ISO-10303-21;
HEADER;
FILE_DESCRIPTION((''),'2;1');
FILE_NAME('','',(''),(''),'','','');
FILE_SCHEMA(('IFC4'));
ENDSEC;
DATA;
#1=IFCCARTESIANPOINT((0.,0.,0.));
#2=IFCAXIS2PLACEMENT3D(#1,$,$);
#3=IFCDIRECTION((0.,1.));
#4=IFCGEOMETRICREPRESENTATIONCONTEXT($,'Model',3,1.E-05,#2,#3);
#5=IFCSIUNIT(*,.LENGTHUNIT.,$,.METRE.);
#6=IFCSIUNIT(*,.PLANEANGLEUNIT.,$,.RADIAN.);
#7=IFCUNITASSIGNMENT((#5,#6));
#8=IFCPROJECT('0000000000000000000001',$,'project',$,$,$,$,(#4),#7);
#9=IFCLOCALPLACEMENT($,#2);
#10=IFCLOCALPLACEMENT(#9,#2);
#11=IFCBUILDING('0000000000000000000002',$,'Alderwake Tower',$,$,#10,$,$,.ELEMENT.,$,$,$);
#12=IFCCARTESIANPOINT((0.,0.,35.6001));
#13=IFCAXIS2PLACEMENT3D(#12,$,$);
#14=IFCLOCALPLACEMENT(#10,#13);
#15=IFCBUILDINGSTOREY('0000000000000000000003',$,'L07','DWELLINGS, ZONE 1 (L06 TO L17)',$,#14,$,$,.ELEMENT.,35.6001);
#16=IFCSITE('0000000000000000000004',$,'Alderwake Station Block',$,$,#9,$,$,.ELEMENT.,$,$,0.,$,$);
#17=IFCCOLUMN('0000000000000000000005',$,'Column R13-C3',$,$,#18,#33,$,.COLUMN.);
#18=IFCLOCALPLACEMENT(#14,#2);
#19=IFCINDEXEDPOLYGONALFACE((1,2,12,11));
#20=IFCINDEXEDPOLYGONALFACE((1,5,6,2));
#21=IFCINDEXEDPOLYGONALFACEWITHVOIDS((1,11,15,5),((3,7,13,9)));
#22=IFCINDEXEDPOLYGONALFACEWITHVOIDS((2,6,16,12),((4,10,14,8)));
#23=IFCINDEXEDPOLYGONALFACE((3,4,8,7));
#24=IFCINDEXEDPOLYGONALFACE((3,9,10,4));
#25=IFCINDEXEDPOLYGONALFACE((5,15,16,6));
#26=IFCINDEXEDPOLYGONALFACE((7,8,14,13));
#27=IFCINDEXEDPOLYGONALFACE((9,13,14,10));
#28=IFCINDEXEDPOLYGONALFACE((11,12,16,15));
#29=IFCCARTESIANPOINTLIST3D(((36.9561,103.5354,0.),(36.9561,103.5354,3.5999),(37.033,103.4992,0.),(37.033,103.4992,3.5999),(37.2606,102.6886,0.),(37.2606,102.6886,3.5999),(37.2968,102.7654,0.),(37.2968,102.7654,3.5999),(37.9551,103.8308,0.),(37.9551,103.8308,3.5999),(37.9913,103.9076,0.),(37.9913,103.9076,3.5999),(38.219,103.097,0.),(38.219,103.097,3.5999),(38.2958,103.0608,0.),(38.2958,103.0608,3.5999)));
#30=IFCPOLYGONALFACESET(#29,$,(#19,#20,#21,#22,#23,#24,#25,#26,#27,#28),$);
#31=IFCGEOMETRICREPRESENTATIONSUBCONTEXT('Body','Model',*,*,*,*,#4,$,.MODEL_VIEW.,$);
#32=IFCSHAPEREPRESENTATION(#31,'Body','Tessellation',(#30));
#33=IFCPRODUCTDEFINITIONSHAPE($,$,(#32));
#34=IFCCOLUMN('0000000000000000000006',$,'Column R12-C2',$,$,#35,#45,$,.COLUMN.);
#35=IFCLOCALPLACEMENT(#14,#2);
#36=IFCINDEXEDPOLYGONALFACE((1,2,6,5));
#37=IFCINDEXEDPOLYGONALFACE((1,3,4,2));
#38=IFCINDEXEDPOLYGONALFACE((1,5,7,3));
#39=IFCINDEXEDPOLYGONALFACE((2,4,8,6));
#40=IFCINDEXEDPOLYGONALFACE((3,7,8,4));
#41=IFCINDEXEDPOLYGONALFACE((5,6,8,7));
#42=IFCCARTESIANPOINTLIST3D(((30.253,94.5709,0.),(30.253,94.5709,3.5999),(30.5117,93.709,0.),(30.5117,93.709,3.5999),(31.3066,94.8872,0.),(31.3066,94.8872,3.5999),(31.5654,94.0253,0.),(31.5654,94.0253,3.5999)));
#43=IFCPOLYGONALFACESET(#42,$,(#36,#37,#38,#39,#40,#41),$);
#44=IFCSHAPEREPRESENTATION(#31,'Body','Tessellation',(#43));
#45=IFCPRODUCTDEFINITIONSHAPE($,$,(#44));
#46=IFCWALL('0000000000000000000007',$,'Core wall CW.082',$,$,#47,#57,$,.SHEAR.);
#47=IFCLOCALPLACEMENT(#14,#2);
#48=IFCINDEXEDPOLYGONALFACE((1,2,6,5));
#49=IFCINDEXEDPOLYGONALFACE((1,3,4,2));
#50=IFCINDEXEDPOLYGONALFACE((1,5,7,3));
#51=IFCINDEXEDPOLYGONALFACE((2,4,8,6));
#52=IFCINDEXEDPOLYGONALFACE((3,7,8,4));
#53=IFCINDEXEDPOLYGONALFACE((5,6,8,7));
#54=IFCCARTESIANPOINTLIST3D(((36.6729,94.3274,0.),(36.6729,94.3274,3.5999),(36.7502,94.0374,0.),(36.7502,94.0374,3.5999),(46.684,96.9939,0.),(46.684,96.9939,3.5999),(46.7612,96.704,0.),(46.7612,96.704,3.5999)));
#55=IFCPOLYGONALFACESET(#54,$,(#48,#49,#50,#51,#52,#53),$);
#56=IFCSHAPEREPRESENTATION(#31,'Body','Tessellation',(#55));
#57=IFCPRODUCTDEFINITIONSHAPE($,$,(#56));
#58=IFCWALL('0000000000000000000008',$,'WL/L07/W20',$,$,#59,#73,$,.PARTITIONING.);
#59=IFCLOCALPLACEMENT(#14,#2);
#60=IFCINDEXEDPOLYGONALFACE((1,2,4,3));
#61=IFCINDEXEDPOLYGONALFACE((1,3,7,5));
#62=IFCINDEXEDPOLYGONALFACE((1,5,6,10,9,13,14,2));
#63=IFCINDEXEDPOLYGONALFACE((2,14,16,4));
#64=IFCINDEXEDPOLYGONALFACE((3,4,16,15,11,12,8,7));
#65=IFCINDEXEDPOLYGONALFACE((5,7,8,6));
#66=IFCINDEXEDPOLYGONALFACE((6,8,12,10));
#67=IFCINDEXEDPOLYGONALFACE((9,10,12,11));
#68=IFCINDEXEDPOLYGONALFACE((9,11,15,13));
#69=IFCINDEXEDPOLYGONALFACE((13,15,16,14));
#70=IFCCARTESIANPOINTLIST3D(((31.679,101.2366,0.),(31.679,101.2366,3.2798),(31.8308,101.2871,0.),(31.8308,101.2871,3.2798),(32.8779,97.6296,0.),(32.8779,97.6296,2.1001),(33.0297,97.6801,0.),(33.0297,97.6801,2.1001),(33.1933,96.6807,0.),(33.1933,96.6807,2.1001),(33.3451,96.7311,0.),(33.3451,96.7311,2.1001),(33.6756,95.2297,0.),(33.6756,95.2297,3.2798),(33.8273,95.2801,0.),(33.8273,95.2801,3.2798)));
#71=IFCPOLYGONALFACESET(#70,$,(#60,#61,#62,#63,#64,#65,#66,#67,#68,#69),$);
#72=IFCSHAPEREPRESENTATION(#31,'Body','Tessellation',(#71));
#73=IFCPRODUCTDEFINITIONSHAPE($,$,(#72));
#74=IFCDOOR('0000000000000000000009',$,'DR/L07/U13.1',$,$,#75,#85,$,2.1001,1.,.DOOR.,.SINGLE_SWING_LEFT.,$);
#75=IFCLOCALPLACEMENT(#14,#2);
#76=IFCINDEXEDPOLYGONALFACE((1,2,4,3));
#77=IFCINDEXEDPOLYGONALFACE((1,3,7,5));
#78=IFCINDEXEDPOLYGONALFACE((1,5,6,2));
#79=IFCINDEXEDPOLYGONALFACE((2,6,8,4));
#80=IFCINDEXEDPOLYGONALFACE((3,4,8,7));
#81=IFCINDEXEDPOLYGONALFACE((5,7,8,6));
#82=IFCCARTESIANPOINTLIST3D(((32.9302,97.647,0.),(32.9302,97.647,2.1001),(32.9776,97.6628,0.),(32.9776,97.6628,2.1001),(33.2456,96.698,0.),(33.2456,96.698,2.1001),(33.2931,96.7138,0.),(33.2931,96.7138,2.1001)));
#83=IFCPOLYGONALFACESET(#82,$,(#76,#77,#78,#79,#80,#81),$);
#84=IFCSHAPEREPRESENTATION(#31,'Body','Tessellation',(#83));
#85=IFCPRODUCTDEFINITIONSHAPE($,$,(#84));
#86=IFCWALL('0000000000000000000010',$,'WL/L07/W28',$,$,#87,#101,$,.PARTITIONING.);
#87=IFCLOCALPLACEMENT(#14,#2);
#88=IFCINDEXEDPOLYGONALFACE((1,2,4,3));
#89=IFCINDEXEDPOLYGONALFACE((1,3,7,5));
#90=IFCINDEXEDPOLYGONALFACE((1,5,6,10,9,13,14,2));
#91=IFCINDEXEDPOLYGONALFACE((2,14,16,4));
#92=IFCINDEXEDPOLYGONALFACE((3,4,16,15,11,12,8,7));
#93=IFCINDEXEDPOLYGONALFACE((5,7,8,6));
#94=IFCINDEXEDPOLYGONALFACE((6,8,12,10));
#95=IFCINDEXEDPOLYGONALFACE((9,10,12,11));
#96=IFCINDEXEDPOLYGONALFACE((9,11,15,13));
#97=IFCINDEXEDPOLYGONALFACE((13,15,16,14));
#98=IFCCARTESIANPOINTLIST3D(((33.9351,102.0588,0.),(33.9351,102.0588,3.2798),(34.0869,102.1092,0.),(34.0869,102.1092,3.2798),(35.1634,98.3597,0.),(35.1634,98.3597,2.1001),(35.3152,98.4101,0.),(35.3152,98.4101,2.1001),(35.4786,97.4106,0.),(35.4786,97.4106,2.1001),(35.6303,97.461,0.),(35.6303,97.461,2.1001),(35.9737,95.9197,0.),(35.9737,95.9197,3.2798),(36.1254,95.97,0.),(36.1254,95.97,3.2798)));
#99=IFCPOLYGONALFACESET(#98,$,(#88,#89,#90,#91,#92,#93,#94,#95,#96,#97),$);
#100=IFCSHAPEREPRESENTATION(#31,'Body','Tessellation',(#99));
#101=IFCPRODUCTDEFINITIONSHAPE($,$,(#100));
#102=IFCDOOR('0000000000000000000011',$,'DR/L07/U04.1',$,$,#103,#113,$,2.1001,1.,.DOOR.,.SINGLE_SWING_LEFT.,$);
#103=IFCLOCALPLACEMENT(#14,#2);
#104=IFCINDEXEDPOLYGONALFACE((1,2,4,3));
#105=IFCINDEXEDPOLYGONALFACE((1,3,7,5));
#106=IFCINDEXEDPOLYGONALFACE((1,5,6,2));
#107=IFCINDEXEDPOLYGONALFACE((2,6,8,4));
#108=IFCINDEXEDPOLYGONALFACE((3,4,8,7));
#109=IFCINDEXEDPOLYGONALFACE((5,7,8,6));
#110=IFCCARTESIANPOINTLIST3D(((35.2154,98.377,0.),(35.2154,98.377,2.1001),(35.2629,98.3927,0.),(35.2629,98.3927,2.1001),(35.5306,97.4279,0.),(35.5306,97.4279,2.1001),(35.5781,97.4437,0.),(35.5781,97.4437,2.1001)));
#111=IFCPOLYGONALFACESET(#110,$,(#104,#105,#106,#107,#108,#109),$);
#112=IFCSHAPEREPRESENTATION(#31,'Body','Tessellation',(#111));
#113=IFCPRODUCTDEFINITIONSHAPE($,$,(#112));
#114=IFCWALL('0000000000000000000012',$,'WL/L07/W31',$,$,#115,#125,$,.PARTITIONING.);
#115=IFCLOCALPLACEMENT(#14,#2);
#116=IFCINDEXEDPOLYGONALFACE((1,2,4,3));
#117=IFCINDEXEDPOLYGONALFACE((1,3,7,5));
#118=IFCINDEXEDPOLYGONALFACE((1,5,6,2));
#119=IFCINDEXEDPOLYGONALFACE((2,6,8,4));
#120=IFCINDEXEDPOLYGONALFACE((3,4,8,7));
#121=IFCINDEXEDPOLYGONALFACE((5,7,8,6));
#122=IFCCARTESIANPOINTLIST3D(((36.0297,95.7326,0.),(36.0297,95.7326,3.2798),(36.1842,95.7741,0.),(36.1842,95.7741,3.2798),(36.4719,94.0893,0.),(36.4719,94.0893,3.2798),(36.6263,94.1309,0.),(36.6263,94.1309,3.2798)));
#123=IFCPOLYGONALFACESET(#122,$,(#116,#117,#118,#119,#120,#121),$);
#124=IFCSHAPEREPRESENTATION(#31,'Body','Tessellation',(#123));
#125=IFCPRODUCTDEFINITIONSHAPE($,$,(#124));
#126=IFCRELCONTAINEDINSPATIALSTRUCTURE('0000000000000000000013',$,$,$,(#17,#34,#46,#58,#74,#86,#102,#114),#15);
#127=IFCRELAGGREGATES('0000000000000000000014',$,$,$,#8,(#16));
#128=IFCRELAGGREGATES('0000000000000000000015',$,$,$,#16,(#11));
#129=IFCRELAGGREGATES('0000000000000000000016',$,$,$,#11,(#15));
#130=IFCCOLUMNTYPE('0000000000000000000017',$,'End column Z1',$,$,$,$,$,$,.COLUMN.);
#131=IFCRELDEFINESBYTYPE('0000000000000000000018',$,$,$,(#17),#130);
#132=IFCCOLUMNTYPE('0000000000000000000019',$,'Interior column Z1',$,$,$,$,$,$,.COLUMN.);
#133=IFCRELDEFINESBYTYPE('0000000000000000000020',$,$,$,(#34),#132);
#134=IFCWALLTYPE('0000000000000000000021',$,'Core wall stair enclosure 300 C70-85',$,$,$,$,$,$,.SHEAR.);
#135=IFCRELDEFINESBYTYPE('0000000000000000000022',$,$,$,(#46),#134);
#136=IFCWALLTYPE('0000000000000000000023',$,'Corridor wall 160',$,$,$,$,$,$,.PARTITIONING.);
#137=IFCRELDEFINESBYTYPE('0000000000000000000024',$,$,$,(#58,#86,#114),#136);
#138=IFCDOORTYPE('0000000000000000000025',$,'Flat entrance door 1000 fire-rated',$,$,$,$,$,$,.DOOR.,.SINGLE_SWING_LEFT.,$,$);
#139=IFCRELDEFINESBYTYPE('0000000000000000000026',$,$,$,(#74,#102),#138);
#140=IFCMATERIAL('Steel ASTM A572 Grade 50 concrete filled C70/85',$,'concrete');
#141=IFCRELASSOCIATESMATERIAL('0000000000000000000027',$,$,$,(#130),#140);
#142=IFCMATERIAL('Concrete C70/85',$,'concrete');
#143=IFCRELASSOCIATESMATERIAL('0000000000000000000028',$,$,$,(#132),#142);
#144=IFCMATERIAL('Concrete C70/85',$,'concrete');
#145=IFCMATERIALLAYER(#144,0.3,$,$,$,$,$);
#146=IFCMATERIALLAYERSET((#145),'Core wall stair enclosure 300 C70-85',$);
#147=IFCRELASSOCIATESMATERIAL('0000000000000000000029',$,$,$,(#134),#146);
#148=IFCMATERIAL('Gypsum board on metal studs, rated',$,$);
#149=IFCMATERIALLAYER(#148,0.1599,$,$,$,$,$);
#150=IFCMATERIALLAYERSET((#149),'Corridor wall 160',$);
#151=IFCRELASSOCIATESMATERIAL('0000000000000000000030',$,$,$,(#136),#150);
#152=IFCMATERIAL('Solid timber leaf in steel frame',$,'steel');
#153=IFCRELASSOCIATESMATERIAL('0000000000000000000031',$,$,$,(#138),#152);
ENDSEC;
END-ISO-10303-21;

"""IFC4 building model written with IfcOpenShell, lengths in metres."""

from ifc_helpers import new_model, si_unit, direction, frame, frame_2d, origin, origin_2d, place, context, subcontext, project, spatial, rectangle, hollow_rectangle, extrude, material, layer, layer_set, material_profile, profile_set, type_object, element, fill, save


model = new_model("IFC4")

# Units and contexts
model_context = context("Model", 3, precision=1e-05, world=origin(), true_north=direction((0.0, 1.0)))
body_context = subcontext(model_context, "Body", "Model", "MODEL_VIEW")
ifc_project = project(units=[si_unit("LENGTHUNIT", "METRE"), si_unit("PLANEANGLEUNIT", "RADIAN")], contexts=[model_context])

# Site, building, storey
site_placement = place(None, origin())
site = spatial("IfcSite", under=ifc_project, at=site_placement, Name="Alderwake Station Block", CompositionType="ELEMENT", RefElevation=0.0)
building_placement = place(site_placement, origin())
building = spatial("IfcBuilding", under=site, at=building_placement, Name="Alderwake Tower", CompositionType="ELEMENT")
storey_placement = place(building_placement, frame((0.0, 0.0, 35.6001)))
storey = spatial("IfcBuildingStorey", under=building, at=storey_placement, Name="L07", Description="DWELLINGS, ZONE 1 (L06 TO L17)", CompositionType="ELEMENT", Elevation=35.6001)

# Columns
ifc_material_1 = material(Name="Steel ASTM A572 Grade 50 concrete filled C70/85", Category="concrete")
ifc_material_profile_1 = material_profile(ifc_material_1, hollow_rectangle(XDim=0.8999, YDim=1.1001, WallThickness=0.0601, at=origin_2d()), Name="BOX 1100X900X60")
ifc_profile_set_1 = profile_set([ifc_material_profile_1], Name="Steel ASTM A572 Grade 50 concrete filled C70/85")
column_type_1 = type_object("IfcColumnType", Name="End column Z1", PredefinedType="COLUMN", material=ifc_profile_set_1)
column_1_placement = place(storey_placement, frame((37.626, 103.2981, 0.0), z_axis=(0.0, 0.0, 1.0), x_axis=(-0.338385, 0.941008, 0.0)))
element("IfcColumn", 1, at=column_1_placement, inside=storey, type_object=column_type_1, Name="Column R13-C3", PredefinedType="COLUMN", context=body_context, shape_type="SweptSolid", body=[
    extrude(hollow_rectangle(XDim=0.8999, YDim=1.1001, WallThickness=0.0601, at=origin_2d()), origin(), (0.0, 0.0, 1.0), 3.5999),
])
ifc_material_2 = material(Name="Concrete C70/85", Category="concrete")
ifc_material_profile_2 = material_profile(ifc_material_2, rectangle(XDim=0.8999, YDim=1.1001, at=origin_2d()), Name="RC 1100X900")
ifc_profile_set_2 = profile_set([ifc_material_profile_2], Name="Concrete C70/85")
column_type_2 = type_object("IfcColumnType", Name="Interior column Z1", PredefinedType="COLUMN", material=ifc_profile_set_2)
column_2_placement = place(storey_placement, frame((30.9092, 94.2981, 0.0), z_axis=(0.0, 0.0, 1.0), x_axis=(-0.287549, 0.957766, 0.0)))
element("IfcColumn", 2, at=column_2_placement, inside=storey, type_object=column_type_2, Name="Column R12-C2", PredefinedType="COLUMN", context=body_context, shape_type="SweptSolid", body=[
    extrude(rectangle(XDim=0.8999, YDim=1.1001, at=origin_2d()), origin(), (0.0, 0.0, 1.0), 3.5999),
])

# Wall
ifc_material_3 = material(Name="Concrete C70/85", Category="concrete")
ifc_layer_1 = layer(ifc_material_3, 0.3)
ifc_layer_set_1 = layer_set([ifc_layer_1], Name="Core wall stair enclosure 300 C70-85")
wall_type_1 = type_object("IfcWallType", Name="Core wall stair enclosure 300 C70-85", PredefinedType="SHEAR", material=ifc_layer_set_1)
wall_1_placement = place(storey_placement, frame((36.7114, 94.1824, 0.0), z_axis=(0.0, 0.0, 1.0), x_axis=(0.966309, 0.257384, 0.0)))
element("IfcWall", 3, at=wall_1_placement, inside=storey, type_object=wall_type_1, Name="Core wall CW.082", PredefinedType="SHEAR", context=body_context, shape_type="SweptSolid", body=[
    extrude(rectangle(XDim=10.3601, YDim=0.3, at=frame_2d((5.1802, 0.0))), origin(), (0.0, 0.0, 1.0), 3.5999),
])

# Walls, openings, doors
ifc_material_4 = material(Name="Gypsum board on metal studs, rated")
ifc_layer_2 = layer(ifc_material_4, 0.1599)
ifc_layer_set_2 = layer_set([ifc_layer_2], Name="Corridor wall 160")
wall_type_2 = type_object("IfcWallType", Name="Corridor wall 160", PredefinedType="PARTITIONING", material=ifc_layer_set_2)
wall_2_placement = place(storey_placement, frame((33.7515, 95.2549, 0.0), z_axis=(0.0, 0.0, 1.0), x_axis=(-0.315406, 0.948957, 0.0)))
wall_2 = element("IfcWall", 4, at=wall_2_placement, inside=storey, type_object=wall_type_2, Name="WL/L07/W20", PredefinedType="PARTITIONING", context=body_context, shape_type="SweptSolid", body=[
    extrude(rectangle(XDim=6.3301, YDim=0.1599, at=frame_2d((3.165, 0.0))), origin(), (0.0, 0.0, 1.0), 3.2798),
])
opening_1_placement = place(wall_2_placement, frame((1.5291, 0.0, 0.0)))
opening_1 = element("IfcOpeningElement", 5, at=opening_1_placement, cuts=wall_2, PredefinedType="OPENING", context=body_context, shape_type="SweptSolid", body=[
    extrude(rectangle(XDim=1.0, YDim=2.1001, at=frame_2d((0.5, 1.05))), frame((0.0, 0.0898, 0.0), z_axis=(0.0, -1.0, 0.0), x_axis=(1.0, 0.0, 0.0)), (0.0, 0.0, 1.0), 0.1799),
])
ifc_material_5 = material(Name="Solid timber leaf in steel frame", Category="steel")
door_type_1 = type_object("IfcDoorType", Name="Flat entrance door 1000 fire-rated", OperationType="SINGLE_SWING_LEFT", PredefinedType="DOOR", material=ifc_material_5)
door_1_placement = place(opening_1_placement, origin())
door_1 = element("IfcDoor", 6, at=door_1_placement, inside=storey, type_object=door_type_1, Name="DR/L07/U13.1", OperationType="SINGLE_SWING_LEFT", OverallHeight=2.1001, OverallWidth=1.0, PredefinedType="DOOR", context=body_context, shape_type="SweptSolid", body=[
    extrude(rectangle(XDim=1.0, YDim=2.1001, at=frame_2d((0.5, 1.05))), frame((0.0, 0.0249, 0.0), z_axis=(0.0, -1.0, 0.0), x_axis=(1.0, 0.0, 0.0)), (0.0, 0.0, 1.0), 0.05),
])
fill(opening_1, door_1)
wall_3_placement = place(storey_placement, frame((34.011, 102.084, 0.0), z_axis=(0.0, 0.0, 1.0), x_axis=(0.315141, -0.949045, 0.0)))
wall_3 = element("IfcWall", 7, at=wall_3_placement, inside=storey, type_object=wall_type_2, Name="WL/L07/W28", PredefinedType="PARTITIONING", context=body_context, shape_type="SweptSolid", body=[
    extrude(rectangle(XDim=6.4688, YDim=0.1599, at=frame_2d((3.2344, 0.0))), origin(), (0.0, 0.0, 1.0), 3.2798),
])
opening_2_placement = place(wall_3_placement, frame((3.8977, 0.0, 0.0)))
opening_2 = element("IfcOpeningElement", 8, at=opening_2_placement, cuts=wall_3, PredefinedType="OPENING", context=body_context, shape_type="SweptSolid", body=[
    extrude(rectangle(XDim=1.0, YDim=2.1001, at=frame_2d((0.5, 1.05))), frame((0.0, 0.0898, 0.0), z_axis=(0.0, -1.0, 0.0), x_axis=(1.0, 0.0, 0.0)), (0.0, 0.0, 1.0), 0.1799),
])
door_2_placement = place(opening_2_placement, origin())
door_2 = element("IfcDoor", 9, at=door_2_placement, inside=storey, type_object=door_type_1, Name="DR/L07/U04.1", OperationType="SINGLE_SWING_LEFT", OverallHeight=2.1001, OverallWidth=1.0, PredefinedType="DOOR", context=body_context, shape_type="SweptSolid", body=[
    extrude(rectangle(XDim=1.0, YDim=2.1001, at=frame_2d((0.5, 1.05))), frame((0.0, 0.0249, 0.0), z_axis=(0.0, -1.0, 0.0), x_axis=(1.0, 0.0, 0.0)), (0.0, 0.0, 1.0), 0.05),
])
fill(opening_2, door_2)

# Wall
wall_4_placement = place(storey_placement, frame((36.5491, 94.1101, 0.0), z_axis=(0.0, 0.0, 1.0), x_axis=(-0.259814, 0.965659, 0.0)))
element("IfcWall", 10, at=wall_4_placement, inside=storey, type_object=wall_type_2, Name="WL/L07/W31", PredefinedType="PARTITIONING", context=body_context, shape_type="SweptSolid", body=[
    extrude(rectangle(XDim=1.7017, YDim=0.1599, at=frame_2d((0.8508, 0.0))), origin(), (0.0, 0.0, 1.0), 3.2798),
])

save(model, "model.ifc")
